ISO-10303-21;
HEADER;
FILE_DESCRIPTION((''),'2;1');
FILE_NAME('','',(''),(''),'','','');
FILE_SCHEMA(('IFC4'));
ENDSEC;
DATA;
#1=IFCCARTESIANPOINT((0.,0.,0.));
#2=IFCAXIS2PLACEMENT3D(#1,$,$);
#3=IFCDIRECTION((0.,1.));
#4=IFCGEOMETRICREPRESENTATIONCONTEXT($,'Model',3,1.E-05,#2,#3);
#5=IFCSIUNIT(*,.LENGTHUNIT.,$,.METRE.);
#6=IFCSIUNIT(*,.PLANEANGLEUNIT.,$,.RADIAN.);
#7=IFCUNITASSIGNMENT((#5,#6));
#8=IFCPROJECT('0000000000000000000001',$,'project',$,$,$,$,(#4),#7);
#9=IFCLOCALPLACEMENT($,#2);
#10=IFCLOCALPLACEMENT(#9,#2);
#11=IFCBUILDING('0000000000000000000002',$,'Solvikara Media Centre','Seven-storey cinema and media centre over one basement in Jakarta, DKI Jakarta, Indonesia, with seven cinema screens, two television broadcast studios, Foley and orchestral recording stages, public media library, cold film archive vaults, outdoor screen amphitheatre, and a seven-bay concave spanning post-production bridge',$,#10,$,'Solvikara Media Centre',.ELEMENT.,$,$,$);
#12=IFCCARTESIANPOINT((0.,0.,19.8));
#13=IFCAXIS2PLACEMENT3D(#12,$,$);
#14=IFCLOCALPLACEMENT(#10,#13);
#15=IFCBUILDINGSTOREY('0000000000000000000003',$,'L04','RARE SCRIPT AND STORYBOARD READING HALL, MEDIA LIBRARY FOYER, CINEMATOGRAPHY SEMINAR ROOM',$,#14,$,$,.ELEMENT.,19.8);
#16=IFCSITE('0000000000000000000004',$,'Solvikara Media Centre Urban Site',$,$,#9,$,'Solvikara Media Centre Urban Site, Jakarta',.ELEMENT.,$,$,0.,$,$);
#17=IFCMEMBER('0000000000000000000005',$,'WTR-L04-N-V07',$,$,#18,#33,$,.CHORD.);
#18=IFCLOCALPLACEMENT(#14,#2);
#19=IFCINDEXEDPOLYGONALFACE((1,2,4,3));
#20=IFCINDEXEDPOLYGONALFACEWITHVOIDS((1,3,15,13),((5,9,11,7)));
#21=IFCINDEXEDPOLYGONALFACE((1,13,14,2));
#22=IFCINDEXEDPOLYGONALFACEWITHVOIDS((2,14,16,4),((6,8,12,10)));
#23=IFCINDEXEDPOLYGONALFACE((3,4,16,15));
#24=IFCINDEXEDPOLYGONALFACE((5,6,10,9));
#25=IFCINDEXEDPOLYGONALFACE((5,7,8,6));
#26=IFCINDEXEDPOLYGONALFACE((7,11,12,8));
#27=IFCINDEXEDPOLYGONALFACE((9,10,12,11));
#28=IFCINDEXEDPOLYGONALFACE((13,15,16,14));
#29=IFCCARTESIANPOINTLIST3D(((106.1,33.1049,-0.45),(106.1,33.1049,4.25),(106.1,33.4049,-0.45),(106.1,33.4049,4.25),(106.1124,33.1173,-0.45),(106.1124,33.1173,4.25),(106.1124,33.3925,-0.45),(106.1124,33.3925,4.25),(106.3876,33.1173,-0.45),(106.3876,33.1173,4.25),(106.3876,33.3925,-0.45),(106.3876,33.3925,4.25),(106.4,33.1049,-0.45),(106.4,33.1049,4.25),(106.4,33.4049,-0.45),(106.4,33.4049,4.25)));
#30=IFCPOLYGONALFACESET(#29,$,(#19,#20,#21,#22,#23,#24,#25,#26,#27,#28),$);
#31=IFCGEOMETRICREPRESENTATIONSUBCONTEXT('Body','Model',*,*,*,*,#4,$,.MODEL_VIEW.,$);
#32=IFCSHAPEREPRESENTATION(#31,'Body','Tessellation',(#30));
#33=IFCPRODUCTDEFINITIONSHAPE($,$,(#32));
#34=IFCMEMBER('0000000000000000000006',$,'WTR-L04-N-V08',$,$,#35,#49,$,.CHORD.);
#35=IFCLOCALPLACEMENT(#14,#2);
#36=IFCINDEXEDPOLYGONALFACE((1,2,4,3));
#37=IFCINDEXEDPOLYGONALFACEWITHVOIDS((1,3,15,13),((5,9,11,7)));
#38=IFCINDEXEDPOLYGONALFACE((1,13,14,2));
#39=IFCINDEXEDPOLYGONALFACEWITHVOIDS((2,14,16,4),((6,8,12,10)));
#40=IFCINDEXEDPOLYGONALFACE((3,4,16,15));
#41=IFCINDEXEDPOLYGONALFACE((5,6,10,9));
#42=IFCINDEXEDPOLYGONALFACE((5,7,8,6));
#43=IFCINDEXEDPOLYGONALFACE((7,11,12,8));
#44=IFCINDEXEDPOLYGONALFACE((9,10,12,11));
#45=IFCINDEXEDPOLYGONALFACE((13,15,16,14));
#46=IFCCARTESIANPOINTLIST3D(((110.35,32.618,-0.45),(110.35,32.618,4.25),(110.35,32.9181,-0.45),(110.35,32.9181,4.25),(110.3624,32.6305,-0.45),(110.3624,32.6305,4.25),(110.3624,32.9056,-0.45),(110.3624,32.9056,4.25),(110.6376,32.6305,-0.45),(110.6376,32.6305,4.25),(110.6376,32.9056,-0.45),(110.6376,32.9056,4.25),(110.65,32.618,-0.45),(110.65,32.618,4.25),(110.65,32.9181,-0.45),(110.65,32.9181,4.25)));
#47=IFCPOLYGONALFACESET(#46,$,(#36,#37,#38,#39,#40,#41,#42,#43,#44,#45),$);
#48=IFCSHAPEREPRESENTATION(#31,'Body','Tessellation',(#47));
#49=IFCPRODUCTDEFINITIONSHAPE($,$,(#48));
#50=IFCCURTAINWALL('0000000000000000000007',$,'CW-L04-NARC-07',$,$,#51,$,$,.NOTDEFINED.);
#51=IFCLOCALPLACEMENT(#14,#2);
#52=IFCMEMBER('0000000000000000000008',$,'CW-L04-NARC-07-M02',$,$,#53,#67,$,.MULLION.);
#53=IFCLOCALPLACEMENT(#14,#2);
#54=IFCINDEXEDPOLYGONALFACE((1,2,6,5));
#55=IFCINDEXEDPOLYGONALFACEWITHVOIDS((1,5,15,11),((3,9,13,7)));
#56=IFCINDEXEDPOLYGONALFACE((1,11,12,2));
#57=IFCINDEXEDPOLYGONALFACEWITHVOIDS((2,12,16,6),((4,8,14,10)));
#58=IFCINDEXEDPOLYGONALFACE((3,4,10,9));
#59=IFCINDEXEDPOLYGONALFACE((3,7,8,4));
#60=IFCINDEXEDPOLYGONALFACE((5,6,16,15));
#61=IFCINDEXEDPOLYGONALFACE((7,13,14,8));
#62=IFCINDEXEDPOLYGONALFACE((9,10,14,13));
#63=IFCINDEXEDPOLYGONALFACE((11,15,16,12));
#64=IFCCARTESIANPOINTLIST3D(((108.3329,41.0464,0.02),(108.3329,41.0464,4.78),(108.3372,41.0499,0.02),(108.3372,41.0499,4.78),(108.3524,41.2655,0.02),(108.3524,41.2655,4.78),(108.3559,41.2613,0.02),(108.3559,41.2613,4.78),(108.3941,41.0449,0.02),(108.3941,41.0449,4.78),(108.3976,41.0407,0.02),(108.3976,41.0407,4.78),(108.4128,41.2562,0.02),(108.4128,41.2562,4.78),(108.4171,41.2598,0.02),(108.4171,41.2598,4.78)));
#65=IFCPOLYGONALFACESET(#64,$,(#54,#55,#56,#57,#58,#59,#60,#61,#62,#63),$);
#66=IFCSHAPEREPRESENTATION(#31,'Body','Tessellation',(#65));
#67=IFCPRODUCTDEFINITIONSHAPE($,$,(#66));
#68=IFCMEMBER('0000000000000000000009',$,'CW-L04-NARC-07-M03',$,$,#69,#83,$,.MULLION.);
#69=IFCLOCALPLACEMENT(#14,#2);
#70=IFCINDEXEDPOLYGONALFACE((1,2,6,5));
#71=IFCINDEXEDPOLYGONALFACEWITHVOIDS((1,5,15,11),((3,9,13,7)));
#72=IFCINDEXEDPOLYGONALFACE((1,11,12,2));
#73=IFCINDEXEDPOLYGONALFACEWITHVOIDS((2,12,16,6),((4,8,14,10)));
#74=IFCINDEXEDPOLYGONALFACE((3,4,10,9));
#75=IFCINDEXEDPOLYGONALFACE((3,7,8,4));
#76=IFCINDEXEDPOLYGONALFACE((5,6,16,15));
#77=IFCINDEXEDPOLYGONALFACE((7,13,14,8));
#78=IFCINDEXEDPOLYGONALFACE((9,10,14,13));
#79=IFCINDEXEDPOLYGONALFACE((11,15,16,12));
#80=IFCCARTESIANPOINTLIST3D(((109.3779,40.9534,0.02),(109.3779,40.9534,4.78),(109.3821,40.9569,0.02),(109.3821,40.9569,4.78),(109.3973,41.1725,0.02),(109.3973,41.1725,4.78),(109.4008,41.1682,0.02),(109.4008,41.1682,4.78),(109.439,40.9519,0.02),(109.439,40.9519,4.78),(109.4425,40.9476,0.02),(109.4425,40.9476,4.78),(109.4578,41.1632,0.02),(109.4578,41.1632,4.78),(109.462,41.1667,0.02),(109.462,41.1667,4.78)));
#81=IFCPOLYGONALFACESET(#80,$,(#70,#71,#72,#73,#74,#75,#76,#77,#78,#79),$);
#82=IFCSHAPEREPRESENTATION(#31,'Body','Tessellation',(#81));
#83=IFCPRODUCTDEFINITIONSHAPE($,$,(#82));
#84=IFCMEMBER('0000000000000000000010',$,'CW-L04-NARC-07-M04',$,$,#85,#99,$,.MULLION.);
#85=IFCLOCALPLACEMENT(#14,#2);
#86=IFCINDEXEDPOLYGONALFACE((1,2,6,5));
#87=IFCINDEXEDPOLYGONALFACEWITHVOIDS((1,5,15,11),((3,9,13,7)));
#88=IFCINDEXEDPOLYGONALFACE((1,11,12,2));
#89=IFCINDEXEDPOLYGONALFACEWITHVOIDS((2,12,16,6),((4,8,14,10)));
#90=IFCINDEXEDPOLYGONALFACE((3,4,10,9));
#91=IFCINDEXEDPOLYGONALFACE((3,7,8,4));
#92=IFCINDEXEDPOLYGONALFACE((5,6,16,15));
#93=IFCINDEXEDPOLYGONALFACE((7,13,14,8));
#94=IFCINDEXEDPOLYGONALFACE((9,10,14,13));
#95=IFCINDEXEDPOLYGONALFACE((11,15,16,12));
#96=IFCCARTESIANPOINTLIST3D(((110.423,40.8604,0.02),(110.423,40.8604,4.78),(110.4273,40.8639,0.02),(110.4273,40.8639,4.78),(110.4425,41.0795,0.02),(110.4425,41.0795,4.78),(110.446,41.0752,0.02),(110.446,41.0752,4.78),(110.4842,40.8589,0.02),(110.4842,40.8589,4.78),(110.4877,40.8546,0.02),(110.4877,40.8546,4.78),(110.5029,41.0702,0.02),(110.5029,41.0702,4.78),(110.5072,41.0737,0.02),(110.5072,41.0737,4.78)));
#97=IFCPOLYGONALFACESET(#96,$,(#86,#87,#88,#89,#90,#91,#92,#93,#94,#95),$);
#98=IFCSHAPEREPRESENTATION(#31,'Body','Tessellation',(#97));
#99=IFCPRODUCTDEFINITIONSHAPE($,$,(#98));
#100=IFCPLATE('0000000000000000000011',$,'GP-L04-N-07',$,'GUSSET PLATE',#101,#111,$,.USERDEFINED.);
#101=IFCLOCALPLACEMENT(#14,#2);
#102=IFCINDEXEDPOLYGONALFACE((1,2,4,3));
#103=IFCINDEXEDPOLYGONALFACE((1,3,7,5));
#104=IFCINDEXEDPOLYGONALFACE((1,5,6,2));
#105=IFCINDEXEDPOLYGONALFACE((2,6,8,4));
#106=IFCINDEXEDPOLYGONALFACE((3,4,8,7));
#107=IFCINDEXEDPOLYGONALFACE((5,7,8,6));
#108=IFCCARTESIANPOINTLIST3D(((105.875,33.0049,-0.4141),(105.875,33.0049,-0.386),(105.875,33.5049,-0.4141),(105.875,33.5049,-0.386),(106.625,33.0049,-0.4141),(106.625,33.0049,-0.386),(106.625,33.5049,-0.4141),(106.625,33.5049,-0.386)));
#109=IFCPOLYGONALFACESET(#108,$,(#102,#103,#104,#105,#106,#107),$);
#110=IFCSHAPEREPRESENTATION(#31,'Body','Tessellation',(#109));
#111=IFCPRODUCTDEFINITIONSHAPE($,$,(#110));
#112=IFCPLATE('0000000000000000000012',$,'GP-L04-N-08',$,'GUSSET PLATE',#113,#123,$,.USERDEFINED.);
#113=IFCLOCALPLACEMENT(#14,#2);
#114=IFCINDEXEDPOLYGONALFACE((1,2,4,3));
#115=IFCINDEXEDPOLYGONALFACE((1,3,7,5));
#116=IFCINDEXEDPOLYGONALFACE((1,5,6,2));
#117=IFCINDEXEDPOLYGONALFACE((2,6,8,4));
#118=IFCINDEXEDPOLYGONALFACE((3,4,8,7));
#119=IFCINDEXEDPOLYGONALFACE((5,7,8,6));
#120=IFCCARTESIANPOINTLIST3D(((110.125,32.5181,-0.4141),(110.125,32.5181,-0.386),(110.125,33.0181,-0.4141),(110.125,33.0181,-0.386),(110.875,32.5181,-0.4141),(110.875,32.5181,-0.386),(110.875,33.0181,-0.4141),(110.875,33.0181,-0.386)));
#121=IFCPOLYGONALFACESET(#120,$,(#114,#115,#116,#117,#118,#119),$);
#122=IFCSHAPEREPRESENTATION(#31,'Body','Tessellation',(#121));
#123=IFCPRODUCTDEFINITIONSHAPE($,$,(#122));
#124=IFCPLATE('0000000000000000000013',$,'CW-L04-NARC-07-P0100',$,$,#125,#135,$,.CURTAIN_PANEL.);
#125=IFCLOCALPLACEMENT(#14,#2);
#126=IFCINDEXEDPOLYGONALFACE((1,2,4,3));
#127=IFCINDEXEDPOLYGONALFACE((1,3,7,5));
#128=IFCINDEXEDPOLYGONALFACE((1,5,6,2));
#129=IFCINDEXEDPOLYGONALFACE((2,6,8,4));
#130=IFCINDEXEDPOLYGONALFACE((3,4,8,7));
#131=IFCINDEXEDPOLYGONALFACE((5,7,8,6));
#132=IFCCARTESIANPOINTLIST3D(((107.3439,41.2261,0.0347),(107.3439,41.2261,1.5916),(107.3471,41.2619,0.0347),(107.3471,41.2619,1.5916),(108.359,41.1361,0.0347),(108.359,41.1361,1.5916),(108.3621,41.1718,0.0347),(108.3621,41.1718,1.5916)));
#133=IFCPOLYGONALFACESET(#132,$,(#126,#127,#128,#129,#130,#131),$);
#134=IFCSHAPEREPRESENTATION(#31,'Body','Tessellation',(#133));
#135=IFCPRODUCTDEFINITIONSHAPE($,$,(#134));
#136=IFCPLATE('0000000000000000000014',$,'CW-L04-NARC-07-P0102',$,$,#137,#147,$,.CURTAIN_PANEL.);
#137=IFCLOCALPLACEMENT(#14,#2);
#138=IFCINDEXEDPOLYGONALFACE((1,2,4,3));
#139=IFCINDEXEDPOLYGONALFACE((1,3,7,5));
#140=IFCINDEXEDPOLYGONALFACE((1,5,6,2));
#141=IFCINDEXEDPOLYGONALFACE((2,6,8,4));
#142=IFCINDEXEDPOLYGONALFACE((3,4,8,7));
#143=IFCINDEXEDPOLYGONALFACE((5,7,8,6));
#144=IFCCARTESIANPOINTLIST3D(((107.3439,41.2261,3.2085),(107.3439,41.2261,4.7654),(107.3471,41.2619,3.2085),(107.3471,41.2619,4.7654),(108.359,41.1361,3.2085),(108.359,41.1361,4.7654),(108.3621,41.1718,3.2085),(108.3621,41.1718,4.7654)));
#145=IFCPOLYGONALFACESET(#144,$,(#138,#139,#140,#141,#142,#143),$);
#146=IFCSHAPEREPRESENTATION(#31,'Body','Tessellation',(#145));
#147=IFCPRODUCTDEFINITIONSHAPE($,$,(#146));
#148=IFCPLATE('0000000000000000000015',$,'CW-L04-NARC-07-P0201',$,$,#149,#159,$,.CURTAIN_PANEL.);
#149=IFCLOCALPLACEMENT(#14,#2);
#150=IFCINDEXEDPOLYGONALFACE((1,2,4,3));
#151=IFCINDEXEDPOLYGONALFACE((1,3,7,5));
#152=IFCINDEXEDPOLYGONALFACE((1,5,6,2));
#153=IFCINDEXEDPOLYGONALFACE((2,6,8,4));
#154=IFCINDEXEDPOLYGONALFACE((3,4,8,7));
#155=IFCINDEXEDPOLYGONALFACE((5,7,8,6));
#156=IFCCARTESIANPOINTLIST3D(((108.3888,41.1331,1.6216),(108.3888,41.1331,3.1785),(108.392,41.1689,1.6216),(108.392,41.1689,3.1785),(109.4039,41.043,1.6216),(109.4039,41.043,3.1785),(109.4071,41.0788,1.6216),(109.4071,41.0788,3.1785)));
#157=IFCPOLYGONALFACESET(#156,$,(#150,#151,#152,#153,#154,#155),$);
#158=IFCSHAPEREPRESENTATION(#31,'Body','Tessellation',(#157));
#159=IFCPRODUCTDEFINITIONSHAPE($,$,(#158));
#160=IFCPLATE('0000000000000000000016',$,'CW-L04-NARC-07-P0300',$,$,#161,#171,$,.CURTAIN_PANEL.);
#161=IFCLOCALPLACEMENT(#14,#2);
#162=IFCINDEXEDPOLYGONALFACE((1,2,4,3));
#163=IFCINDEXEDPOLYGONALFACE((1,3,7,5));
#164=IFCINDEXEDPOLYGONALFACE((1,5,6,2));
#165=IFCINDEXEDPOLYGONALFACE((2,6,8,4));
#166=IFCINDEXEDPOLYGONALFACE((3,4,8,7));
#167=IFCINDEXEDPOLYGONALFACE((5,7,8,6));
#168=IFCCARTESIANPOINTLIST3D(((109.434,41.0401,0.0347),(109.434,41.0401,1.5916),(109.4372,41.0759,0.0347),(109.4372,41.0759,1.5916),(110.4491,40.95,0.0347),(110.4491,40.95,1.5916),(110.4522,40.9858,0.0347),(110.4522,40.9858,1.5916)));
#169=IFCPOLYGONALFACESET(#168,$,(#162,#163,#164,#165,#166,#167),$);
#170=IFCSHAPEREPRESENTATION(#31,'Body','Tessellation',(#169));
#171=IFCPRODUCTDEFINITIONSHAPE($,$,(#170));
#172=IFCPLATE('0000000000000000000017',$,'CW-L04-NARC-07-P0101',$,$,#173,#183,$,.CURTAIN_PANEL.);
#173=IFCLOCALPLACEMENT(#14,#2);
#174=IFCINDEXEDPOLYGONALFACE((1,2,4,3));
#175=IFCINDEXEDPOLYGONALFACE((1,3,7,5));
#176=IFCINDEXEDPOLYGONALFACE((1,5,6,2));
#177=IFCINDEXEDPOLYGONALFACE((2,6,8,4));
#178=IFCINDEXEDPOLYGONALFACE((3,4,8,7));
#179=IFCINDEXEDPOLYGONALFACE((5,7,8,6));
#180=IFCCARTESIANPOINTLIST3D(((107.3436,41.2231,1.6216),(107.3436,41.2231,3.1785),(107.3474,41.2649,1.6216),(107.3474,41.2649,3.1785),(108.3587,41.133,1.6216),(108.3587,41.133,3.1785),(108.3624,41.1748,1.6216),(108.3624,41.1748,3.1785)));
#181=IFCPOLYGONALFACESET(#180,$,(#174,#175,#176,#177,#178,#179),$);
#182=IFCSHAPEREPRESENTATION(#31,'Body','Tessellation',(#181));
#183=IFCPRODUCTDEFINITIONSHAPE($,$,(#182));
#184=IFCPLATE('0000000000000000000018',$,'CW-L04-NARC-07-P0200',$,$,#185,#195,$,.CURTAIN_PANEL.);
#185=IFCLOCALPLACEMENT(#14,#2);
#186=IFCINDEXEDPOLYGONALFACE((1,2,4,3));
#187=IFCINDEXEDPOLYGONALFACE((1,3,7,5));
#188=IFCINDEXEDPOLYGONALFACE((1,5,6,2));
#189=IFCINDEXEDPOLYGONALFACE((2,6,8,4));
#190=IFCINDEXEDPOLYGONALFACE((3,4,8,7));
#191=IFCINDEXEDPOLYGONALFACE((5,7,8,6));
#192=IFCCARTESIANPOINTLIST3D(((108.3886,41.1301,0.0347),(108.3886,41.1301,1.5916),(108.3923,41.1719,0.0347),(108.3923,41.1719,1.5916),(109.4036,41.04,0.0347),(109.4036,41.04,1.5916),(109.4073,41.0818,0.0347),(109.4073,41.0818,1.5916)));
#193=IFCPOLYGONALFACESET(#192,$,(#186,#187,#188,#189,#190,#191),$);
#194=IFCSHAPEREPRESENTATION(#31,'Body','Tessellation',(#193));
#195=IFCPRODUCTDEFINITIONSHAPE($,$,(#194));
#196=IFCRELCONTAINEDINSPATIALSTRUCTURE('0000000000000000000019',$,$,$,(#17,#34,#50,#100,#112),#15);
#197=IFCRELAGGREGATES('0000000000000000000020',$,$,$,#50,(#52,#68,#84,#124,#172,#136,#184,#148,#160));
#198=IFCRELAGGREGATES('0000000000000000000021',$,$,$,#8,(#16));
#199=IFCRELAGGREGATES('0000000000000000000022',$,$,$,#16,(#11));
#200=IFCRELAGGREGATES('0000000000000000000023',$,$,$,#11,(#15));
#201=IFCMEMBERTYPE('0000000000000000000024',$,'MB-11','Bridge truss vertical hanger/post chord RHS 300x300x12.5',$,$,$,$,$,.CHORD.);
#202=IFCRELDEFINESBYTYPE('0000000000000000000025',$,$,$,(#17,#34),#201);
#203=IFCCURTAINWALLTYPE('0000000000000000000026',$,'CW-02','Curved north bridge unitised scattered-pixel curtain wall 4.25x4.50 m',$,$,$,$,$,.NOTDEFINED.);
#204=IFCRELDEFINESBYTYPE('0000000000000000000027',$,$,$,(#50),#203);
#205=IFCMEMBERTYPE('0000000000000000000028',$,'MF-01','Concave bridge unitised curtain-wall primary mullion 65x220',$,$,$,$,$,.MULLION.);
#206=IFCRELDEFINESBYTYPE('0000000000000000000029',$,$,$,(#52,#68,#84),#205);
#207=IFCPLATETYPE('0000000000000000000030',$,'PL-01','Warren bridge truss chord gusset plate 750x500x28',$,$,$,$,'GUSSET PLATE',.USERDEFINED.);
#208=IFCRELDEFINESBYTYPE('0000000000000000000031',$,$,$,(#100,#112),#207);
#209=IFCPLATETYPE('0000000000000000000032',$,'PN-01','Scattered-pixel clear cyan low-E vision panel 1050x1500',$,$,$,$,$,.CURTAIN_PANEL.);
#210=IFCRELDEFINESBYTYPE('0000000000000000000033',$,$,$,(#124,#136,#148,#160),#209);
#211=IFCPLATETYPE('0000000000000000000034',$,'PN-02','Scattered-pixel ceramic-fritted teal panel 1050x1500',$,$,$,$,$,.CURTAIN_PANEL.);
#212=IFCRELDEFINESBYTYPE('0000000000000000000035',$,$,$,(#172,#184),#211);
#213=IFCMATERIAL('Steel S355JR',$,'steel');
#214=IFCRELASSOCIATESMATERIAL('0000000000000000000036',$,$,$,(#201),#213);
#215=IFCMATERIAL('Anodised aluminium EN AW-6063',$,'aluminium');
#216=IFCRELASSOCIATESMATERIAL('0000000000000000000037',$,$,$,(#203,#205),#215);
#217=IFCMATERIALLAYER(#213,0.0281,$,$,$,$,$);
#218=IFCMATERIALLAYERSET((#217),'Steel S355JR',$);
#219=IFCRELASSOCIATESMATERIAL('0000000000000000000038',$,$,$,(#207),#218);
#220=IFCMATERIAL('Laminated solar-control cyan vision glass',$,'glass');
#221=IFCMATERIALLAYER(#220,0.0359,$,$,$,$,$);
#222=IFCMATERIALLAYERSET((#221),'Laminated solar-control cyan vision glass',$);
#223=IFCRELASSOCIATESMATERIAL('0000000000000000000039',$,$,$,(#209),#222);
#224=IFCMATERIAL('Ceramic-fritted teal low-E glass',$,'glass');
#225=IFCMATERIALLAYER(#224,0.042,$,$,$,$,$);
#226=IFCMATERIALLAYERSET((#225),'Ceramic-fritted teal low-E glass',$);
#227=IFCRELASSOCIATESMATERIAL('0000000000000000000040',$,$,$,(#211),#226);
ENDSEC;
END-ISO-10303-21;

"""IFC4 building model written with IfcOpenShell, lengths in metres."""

from ifc_helpers import new_model, si_unit, direction, frame, origin, origin_2d, place, context, subcontext, project, spatial, rectangle, hollow_rectangle, extrude, material, layer, layer_set, material_profile, profile_set, type_object, element, aggregate, save


model = new_model("IFC4")

# Units and contexts
model_context = context("Model", 3, precision=1e-05, world=origin(), true_north=direction((0.0, 1.0)))
body_context = subcontext(model_context, "Body", "Model", "MODEL_VIEW")
ifc_project = project(units=[si_unit("LENGTHUNIT", "METRE"), si_unit("PLANEANGLEUNIT", "RADIAN")], contexts=[model_context])

# Site, building, storey
site_placement = place(None, origin())
site = spatial("IfcSite", under=ifc_project, at=site_placement, Name="Solvikara Media Centre Urban Site", LongName="Solvikara Media Centre Urban Site, Jakarta", CompositionType="ELEMENT", RefElevation=0.0)
building_placement = place(site_placement, origin())
building = spatial("IfcBuilding", under=site, at=building_placement, Name="Solvikara Media Centre", Description="Seven-storey cinema and media centre over one basement in Jakarta, DKI Jakarta, Indonesia, with seven cinema screens, two television broadcast studios, Foley and orchestral recording stages, public media library, cold film archive vaults, outdoor screen amphitheatre, and a seven-bay concave spanning post-production bridge", LongName="Solvikara Media Centre", CompositionType="ELEMENT")
storey_placement = place(building_placement, frame((0.0, 0.0, 19.8)))
storey = spatial("IfcBuildingStorey", under=building, at=storey_placement, Name="L04", Description="RARE SCRIPT AND STORYBOARD READING HALL, MEDIA LIBRARY FOYER, CINEMATOGRAPHY SEMINAR ROOM", CompositionType="ELEMENT", Elevation=19.8)

# Shared definitions
ifc_material_1 = material(Name="Steel S355JR", Category="steel")

# Members
ifc_material_profile_1 = material_profile(ifc_material_1, hollow_rectangle(XDim=0.3, YDim=0.3, WallThickness=0.0125, at=origin_2d()), Name="RHS 300x300x12.5")
ifc_profile_set_1 = profile_set([ifc_material_profile_1], Name="Steel S355JR")
member_type_1 = type_object("IfcMemberType", Name="MB-11", Description="Bridge truss vertical hanger/post chord RHS 300x300x12.5", PredefinedType="CHORD", material=ifc_profile_set_1)
for number, where, z_axis, x_axis, name in (
    (1, (106.25, 33.2549, -0.45), (0.0, 0.0, 1.0), (1.0, 0.0, 0.0), "WTR-L04-N-V07"),
    (2, (110.5, 32.7681, -0.45), (0.0, 0.0, 1.0), (1.0, 0.0, 0.0), "WTR-L04-N-V08"),
):
    element("IfcMember", number, at=place(storey_placement, frame(where, z_axis=z_axis, x_axis=x_axis)), inside=storey, type_object=member_type_1, Name=name, PredefinedType="CHORD", context=body_context, shape_type="SweptSolid", body=[
        extrude(hollow_rectangle(XDim=0.3, YDim=0.3, WallThickness=0.0125, at=origin_2d()), origin(), (0.0, 0.0, 1.0), 4.7),
    ])

# Curtain wall, members
ifc_material_2 = material(Name="Anodised aluminium EN AW-6063", Category="aluminium")
curtain_wall_type = type_object("IfcCurtainWallType", Name="CW-02", Description="Curved north bridge unitised scattered-pixel curtain wall 4.25x4.50 m", PredefinedType="NOTDEFINED", material=ifc_material_2)
curtain_wall_placement = place(storey_placement, origin())
curtain_wall = element("IfcCurtainWall", 3, at=curtain_wall_placement, inside=storey, type_object=curtain_wall_type, Name="CW-L04-NARC-07", PredefinedType="NOTDEFINED")
ifc_material_profile_2 = material_profile(ifc_material_2, hollow_rectangle(XDim=0.0649, YDim=0.22, WallThickness=0.0039, at=origin_2d()), Name="ALU-M 65x220x4")
ifc_profile_set_2 = profile_set([ifc_material_profile_2], Name="Anodised aluminium EN AW-6063")
member_type_2 = type_object("IfcMemberType", Name="MF-01", Description="Concave bridge unitised curtain-wall primary mullion 65x220", PredefinedType="MULLION", material=ifc_profile_set_2)
member_1_placement = place(storey_placement, frame((108.375, 41.1531, 0.02), z_axis=(0.0, 0.0, 1.0), x_axis=(0.996084, -0.088408, 0.0)))
member_1 = element("IfcMember", 4, at=member_1_placement, type_object=member_type_2, Name="CW-L04-NARC-07-M02", PredefinedType="MULLION", context=body_context, shape_type="SweptSolid", body=[
    extrude(hollow_rectangle(XDim=0.0649, YDim=0.22, WallThickness=0.0039, at=origin_2d()), origin(), (0.0, 0.0, 1.0), 4.76),
])
member_2_placement = place(storey_placement, frame((109.4199, 41.0601, 0.02), z_axis=(0.0, 0.0, 1.0), x_axis=(0.996084, -0.088408, 0.0)))
member_2 = element("IfcMember", 5, at=member_2_placement, type_object=member_type_2, Name="CW-L04-NARC-07-M03", PredefinedType="MULLION", context=body_context, shape_type="SweptSolid", body=[
    extrude(hollow_rectangle(XDim=0.0649, YDim=0.22, WallThickness=0.0039, at=origin_2d()), origin(), (0.0, 0.0, 1.0), 4.76),
])
member_3_placement = place(storey_placement, frame((110.4651, 40.967, 0.02), z_axis=(0.0, 0.0, 1.0), x_axis=(0.996084, -0.088408, 0.0)))
member_3 = element("IfcMember", 6, at=member_3_placement, type_object=member_type_2, Name="CW-L04-NARC-07-M04", PredefinedType="MULLION", context=body_context, shape_type="SweptSolid", body=[
    extrude(hollow_rectangle(XDim=0.0649, YDim=0.22, WallThickness=0.0039, at=origin_2d()), origin(), (0.0, 0.0, 1.0), 4.76),
])

# Plates
ifc_layer_1 = layer(ifc_material_1, 0.0281)
ifc_layer_set_1 = layer_set([ifc_layer_1], Name="Steel S355JR")
plate_type_1 = type_object("IfcPlateType", Name="PL-01", Description="Warren bridge truss chord gusset plate 750x500x28", ElementType="GUSSET PLATE", PredefinedType="USERDEFINED", material=ifc_layer_set_1)
for number, where, z_axis, x_axis, name in (
    (7, (106.25, 33.2549, -0.4141), (0.0, 0.0, 1.0), (1.0, 0.0, 0.0), "GP-L04-N-07"),
    (8, (110.5, 32.7681, -0.4141), (0.0, 0.0, 1.0), (1.0, 0.0, 0.0), "GP-L04-N-08"),
):
    element("IfcPlate", number, at=place(storey_placement, frame(where, z_axis=z_axis, x_axis=x_axis)), inside=storey, type_object=plate_type_1, Name=name, ObjectType="GUSSET PLATE", PredefinedType="USERDEFINED", context=body_context, shape_type="SweptSolid", body=[
        extrude(rectangle(XDim=0.75, YDim=0.5, at=origin_2d()), origin(), (0.0, 0.0, 1.0), 0.0281),
    ])

# Plates
ifc_material_3 = material(Name="Laminated solar-control cyan vision glass", Category="glass")
ifc_layer_2 = layer(ifc_material_3, 0.0359)
ifc_layer_set_2 = layer_set([ifc_layer_2], Name="Laminated solar-control cyan vision glass")
plate_type_2 = type_object("IfcPlateType", Name="PN-01", Description="Scattered-pixel clear cyan low-E vision panel 1050x1500", PredefinedType="CURTAIN_PANEL", material=ifc_layer_set_2)
plate_1_placement = place(storey_placement, frame((107.853, 41.199, 0.0347), z_axis=(0.0, 0.0, 1.0), x_axis=(0.996084, -0.088408, 0.0)))
plate_1 = element("IfcPlate", 9, at=plate_1_placement, type_object=plate_type_2, Name="CW-L04-NARC-07-P0100", PredefinedType="CURTAIN_PANEL", context=body_context, shape_type="SweptSolid", body=[
    extrude(rectangle(XDim=1.019, YDim=0.0359, at=origin_2d()), origin(), (0.0, 0.0, 1.0), 1.5569),
])
plate_2_placement = place(storey_placement, frame((107.853, 41.199, 3.2085), z_axis=(0.0, 0.0, 1.0), x_axis=(0.996084, -0.088408, 0.0)))
plate_2 = element("IfcPlate", 10, at=plate_2_placement, type_object=plate_type_2, Name="CW-L04-NARC-07-P0102", PredefinedType="CURTAIN_PANEL", context=body_context, shape_type="SweptSolid", body=[
    extrude(rectangle(XDim=1.019, YDim=0.0359, at=origin_2d()), origin(), (0.0, 0.0, 1.0), 1.5569),
])
plate_3_placement = place(storey_placement, frame((108.8979, 41.106, 1.6216), z_axis=(0.0, 0.0, 1.0), x_axis=(0.996084, -0.088408, 0.0)))
plate_3 = element("IfcPlate", 11, at=plate_3_placement, type_object=plate_type_2, Name="CW-L04-NARC-07-P0201", PredefinedType="CURTAIN_PANEL", context=body_context, shape_type="SweptSolid", body=[
    extrude(rectangle(XDim=1.019, YDim=0.0359, at=origin_2d()), origin(), (0.0, 0.0, 1.0), 1.5569),
])
plate_4_placement = place(storey_placement, frame((109.9431, 41.0129, 0.0347), z_axis=(0.0, 0.0, 1.0), x_axis=(0.996084, -0.088408, 0.0)))
plate_4 = element("IfcPlate", 12, at=plate_4_placement, type_object=plate_type_2, Name="CW-L04-NARC-07-P0300", PredefinedType="CURTAIN_PANEL", context=body_context, shape_type="SweptSolid", body=[
    extrude(rectangle(XDim=1.019, YDim=0.0359, at=origin_2d()), origin(), (0.0, 0.0, 1.0), 1.5569),
])
ifc_material_4 = material(Name="Ceramic-fritted teal low-E glass", Category="glass")
ifc_layer_3 = layer(ifc_material_4, 0.042)
ifc_layer_set_3 = layer_set([ifc_layer_3], Name="Ceramic-fritted teal low-E glass")
plate_type_3 = type_object("IfcPlateType", Name="PN-02", Description="Scattered-pixel ceramic-fritted teal panel 1050x1500", PredefinedType="CURTAIN_PANEL", material=ifc_layer_set_3)
plate_5_placement = place(storey_placement, frame((107.853, 41.199, 1.6216), z_axis=(0.0, 0.0, 1.0), x_axis=(0.996084, -0.088408, 0.0)))
plate_5 = element("IfcPlate", 13, at=plate_5_placement, type_object=plate_type_3, Name="CW-L04-NARC-07-P0101", PredefinedType="CURTAIN_PANEL", context=body_context, shape_type="SweptSolid", body=[
    extrude(rectangle(XDim=1.019, YDim=0.042, at=origin_2d()), origin(), (0.0, 0.0, 1.0), 1.5569),
])
plate_6_placement = place(storey_placement, frame((108.8979, 41.106, 0.0347), z_axis=(0.0, 0.0, 1.0), x_axis=(0.996084, -0.088408, 0.0)))
plate_6 = element("IfcPlate", 14, at=plate_6_placement, type_object=plate_type_3, Name="CW-L04-NARC-07-P0200", PredefinedType="CURTAIN_PANEL", context=body_context, shape_type="SweptSolid", body=[
    extrude(rectangle(XDim=1.019, YDim=0.042, at=origin_2d()), origin(), (0.0, 0.0, 1.0), 1.5569),
])
aggregate(curtain_wall, [member_1, member_2, member_3, plate_1, plate_5, plate_2, plate_6, plate_3, plate_4])

save(model, "model.ifc")
